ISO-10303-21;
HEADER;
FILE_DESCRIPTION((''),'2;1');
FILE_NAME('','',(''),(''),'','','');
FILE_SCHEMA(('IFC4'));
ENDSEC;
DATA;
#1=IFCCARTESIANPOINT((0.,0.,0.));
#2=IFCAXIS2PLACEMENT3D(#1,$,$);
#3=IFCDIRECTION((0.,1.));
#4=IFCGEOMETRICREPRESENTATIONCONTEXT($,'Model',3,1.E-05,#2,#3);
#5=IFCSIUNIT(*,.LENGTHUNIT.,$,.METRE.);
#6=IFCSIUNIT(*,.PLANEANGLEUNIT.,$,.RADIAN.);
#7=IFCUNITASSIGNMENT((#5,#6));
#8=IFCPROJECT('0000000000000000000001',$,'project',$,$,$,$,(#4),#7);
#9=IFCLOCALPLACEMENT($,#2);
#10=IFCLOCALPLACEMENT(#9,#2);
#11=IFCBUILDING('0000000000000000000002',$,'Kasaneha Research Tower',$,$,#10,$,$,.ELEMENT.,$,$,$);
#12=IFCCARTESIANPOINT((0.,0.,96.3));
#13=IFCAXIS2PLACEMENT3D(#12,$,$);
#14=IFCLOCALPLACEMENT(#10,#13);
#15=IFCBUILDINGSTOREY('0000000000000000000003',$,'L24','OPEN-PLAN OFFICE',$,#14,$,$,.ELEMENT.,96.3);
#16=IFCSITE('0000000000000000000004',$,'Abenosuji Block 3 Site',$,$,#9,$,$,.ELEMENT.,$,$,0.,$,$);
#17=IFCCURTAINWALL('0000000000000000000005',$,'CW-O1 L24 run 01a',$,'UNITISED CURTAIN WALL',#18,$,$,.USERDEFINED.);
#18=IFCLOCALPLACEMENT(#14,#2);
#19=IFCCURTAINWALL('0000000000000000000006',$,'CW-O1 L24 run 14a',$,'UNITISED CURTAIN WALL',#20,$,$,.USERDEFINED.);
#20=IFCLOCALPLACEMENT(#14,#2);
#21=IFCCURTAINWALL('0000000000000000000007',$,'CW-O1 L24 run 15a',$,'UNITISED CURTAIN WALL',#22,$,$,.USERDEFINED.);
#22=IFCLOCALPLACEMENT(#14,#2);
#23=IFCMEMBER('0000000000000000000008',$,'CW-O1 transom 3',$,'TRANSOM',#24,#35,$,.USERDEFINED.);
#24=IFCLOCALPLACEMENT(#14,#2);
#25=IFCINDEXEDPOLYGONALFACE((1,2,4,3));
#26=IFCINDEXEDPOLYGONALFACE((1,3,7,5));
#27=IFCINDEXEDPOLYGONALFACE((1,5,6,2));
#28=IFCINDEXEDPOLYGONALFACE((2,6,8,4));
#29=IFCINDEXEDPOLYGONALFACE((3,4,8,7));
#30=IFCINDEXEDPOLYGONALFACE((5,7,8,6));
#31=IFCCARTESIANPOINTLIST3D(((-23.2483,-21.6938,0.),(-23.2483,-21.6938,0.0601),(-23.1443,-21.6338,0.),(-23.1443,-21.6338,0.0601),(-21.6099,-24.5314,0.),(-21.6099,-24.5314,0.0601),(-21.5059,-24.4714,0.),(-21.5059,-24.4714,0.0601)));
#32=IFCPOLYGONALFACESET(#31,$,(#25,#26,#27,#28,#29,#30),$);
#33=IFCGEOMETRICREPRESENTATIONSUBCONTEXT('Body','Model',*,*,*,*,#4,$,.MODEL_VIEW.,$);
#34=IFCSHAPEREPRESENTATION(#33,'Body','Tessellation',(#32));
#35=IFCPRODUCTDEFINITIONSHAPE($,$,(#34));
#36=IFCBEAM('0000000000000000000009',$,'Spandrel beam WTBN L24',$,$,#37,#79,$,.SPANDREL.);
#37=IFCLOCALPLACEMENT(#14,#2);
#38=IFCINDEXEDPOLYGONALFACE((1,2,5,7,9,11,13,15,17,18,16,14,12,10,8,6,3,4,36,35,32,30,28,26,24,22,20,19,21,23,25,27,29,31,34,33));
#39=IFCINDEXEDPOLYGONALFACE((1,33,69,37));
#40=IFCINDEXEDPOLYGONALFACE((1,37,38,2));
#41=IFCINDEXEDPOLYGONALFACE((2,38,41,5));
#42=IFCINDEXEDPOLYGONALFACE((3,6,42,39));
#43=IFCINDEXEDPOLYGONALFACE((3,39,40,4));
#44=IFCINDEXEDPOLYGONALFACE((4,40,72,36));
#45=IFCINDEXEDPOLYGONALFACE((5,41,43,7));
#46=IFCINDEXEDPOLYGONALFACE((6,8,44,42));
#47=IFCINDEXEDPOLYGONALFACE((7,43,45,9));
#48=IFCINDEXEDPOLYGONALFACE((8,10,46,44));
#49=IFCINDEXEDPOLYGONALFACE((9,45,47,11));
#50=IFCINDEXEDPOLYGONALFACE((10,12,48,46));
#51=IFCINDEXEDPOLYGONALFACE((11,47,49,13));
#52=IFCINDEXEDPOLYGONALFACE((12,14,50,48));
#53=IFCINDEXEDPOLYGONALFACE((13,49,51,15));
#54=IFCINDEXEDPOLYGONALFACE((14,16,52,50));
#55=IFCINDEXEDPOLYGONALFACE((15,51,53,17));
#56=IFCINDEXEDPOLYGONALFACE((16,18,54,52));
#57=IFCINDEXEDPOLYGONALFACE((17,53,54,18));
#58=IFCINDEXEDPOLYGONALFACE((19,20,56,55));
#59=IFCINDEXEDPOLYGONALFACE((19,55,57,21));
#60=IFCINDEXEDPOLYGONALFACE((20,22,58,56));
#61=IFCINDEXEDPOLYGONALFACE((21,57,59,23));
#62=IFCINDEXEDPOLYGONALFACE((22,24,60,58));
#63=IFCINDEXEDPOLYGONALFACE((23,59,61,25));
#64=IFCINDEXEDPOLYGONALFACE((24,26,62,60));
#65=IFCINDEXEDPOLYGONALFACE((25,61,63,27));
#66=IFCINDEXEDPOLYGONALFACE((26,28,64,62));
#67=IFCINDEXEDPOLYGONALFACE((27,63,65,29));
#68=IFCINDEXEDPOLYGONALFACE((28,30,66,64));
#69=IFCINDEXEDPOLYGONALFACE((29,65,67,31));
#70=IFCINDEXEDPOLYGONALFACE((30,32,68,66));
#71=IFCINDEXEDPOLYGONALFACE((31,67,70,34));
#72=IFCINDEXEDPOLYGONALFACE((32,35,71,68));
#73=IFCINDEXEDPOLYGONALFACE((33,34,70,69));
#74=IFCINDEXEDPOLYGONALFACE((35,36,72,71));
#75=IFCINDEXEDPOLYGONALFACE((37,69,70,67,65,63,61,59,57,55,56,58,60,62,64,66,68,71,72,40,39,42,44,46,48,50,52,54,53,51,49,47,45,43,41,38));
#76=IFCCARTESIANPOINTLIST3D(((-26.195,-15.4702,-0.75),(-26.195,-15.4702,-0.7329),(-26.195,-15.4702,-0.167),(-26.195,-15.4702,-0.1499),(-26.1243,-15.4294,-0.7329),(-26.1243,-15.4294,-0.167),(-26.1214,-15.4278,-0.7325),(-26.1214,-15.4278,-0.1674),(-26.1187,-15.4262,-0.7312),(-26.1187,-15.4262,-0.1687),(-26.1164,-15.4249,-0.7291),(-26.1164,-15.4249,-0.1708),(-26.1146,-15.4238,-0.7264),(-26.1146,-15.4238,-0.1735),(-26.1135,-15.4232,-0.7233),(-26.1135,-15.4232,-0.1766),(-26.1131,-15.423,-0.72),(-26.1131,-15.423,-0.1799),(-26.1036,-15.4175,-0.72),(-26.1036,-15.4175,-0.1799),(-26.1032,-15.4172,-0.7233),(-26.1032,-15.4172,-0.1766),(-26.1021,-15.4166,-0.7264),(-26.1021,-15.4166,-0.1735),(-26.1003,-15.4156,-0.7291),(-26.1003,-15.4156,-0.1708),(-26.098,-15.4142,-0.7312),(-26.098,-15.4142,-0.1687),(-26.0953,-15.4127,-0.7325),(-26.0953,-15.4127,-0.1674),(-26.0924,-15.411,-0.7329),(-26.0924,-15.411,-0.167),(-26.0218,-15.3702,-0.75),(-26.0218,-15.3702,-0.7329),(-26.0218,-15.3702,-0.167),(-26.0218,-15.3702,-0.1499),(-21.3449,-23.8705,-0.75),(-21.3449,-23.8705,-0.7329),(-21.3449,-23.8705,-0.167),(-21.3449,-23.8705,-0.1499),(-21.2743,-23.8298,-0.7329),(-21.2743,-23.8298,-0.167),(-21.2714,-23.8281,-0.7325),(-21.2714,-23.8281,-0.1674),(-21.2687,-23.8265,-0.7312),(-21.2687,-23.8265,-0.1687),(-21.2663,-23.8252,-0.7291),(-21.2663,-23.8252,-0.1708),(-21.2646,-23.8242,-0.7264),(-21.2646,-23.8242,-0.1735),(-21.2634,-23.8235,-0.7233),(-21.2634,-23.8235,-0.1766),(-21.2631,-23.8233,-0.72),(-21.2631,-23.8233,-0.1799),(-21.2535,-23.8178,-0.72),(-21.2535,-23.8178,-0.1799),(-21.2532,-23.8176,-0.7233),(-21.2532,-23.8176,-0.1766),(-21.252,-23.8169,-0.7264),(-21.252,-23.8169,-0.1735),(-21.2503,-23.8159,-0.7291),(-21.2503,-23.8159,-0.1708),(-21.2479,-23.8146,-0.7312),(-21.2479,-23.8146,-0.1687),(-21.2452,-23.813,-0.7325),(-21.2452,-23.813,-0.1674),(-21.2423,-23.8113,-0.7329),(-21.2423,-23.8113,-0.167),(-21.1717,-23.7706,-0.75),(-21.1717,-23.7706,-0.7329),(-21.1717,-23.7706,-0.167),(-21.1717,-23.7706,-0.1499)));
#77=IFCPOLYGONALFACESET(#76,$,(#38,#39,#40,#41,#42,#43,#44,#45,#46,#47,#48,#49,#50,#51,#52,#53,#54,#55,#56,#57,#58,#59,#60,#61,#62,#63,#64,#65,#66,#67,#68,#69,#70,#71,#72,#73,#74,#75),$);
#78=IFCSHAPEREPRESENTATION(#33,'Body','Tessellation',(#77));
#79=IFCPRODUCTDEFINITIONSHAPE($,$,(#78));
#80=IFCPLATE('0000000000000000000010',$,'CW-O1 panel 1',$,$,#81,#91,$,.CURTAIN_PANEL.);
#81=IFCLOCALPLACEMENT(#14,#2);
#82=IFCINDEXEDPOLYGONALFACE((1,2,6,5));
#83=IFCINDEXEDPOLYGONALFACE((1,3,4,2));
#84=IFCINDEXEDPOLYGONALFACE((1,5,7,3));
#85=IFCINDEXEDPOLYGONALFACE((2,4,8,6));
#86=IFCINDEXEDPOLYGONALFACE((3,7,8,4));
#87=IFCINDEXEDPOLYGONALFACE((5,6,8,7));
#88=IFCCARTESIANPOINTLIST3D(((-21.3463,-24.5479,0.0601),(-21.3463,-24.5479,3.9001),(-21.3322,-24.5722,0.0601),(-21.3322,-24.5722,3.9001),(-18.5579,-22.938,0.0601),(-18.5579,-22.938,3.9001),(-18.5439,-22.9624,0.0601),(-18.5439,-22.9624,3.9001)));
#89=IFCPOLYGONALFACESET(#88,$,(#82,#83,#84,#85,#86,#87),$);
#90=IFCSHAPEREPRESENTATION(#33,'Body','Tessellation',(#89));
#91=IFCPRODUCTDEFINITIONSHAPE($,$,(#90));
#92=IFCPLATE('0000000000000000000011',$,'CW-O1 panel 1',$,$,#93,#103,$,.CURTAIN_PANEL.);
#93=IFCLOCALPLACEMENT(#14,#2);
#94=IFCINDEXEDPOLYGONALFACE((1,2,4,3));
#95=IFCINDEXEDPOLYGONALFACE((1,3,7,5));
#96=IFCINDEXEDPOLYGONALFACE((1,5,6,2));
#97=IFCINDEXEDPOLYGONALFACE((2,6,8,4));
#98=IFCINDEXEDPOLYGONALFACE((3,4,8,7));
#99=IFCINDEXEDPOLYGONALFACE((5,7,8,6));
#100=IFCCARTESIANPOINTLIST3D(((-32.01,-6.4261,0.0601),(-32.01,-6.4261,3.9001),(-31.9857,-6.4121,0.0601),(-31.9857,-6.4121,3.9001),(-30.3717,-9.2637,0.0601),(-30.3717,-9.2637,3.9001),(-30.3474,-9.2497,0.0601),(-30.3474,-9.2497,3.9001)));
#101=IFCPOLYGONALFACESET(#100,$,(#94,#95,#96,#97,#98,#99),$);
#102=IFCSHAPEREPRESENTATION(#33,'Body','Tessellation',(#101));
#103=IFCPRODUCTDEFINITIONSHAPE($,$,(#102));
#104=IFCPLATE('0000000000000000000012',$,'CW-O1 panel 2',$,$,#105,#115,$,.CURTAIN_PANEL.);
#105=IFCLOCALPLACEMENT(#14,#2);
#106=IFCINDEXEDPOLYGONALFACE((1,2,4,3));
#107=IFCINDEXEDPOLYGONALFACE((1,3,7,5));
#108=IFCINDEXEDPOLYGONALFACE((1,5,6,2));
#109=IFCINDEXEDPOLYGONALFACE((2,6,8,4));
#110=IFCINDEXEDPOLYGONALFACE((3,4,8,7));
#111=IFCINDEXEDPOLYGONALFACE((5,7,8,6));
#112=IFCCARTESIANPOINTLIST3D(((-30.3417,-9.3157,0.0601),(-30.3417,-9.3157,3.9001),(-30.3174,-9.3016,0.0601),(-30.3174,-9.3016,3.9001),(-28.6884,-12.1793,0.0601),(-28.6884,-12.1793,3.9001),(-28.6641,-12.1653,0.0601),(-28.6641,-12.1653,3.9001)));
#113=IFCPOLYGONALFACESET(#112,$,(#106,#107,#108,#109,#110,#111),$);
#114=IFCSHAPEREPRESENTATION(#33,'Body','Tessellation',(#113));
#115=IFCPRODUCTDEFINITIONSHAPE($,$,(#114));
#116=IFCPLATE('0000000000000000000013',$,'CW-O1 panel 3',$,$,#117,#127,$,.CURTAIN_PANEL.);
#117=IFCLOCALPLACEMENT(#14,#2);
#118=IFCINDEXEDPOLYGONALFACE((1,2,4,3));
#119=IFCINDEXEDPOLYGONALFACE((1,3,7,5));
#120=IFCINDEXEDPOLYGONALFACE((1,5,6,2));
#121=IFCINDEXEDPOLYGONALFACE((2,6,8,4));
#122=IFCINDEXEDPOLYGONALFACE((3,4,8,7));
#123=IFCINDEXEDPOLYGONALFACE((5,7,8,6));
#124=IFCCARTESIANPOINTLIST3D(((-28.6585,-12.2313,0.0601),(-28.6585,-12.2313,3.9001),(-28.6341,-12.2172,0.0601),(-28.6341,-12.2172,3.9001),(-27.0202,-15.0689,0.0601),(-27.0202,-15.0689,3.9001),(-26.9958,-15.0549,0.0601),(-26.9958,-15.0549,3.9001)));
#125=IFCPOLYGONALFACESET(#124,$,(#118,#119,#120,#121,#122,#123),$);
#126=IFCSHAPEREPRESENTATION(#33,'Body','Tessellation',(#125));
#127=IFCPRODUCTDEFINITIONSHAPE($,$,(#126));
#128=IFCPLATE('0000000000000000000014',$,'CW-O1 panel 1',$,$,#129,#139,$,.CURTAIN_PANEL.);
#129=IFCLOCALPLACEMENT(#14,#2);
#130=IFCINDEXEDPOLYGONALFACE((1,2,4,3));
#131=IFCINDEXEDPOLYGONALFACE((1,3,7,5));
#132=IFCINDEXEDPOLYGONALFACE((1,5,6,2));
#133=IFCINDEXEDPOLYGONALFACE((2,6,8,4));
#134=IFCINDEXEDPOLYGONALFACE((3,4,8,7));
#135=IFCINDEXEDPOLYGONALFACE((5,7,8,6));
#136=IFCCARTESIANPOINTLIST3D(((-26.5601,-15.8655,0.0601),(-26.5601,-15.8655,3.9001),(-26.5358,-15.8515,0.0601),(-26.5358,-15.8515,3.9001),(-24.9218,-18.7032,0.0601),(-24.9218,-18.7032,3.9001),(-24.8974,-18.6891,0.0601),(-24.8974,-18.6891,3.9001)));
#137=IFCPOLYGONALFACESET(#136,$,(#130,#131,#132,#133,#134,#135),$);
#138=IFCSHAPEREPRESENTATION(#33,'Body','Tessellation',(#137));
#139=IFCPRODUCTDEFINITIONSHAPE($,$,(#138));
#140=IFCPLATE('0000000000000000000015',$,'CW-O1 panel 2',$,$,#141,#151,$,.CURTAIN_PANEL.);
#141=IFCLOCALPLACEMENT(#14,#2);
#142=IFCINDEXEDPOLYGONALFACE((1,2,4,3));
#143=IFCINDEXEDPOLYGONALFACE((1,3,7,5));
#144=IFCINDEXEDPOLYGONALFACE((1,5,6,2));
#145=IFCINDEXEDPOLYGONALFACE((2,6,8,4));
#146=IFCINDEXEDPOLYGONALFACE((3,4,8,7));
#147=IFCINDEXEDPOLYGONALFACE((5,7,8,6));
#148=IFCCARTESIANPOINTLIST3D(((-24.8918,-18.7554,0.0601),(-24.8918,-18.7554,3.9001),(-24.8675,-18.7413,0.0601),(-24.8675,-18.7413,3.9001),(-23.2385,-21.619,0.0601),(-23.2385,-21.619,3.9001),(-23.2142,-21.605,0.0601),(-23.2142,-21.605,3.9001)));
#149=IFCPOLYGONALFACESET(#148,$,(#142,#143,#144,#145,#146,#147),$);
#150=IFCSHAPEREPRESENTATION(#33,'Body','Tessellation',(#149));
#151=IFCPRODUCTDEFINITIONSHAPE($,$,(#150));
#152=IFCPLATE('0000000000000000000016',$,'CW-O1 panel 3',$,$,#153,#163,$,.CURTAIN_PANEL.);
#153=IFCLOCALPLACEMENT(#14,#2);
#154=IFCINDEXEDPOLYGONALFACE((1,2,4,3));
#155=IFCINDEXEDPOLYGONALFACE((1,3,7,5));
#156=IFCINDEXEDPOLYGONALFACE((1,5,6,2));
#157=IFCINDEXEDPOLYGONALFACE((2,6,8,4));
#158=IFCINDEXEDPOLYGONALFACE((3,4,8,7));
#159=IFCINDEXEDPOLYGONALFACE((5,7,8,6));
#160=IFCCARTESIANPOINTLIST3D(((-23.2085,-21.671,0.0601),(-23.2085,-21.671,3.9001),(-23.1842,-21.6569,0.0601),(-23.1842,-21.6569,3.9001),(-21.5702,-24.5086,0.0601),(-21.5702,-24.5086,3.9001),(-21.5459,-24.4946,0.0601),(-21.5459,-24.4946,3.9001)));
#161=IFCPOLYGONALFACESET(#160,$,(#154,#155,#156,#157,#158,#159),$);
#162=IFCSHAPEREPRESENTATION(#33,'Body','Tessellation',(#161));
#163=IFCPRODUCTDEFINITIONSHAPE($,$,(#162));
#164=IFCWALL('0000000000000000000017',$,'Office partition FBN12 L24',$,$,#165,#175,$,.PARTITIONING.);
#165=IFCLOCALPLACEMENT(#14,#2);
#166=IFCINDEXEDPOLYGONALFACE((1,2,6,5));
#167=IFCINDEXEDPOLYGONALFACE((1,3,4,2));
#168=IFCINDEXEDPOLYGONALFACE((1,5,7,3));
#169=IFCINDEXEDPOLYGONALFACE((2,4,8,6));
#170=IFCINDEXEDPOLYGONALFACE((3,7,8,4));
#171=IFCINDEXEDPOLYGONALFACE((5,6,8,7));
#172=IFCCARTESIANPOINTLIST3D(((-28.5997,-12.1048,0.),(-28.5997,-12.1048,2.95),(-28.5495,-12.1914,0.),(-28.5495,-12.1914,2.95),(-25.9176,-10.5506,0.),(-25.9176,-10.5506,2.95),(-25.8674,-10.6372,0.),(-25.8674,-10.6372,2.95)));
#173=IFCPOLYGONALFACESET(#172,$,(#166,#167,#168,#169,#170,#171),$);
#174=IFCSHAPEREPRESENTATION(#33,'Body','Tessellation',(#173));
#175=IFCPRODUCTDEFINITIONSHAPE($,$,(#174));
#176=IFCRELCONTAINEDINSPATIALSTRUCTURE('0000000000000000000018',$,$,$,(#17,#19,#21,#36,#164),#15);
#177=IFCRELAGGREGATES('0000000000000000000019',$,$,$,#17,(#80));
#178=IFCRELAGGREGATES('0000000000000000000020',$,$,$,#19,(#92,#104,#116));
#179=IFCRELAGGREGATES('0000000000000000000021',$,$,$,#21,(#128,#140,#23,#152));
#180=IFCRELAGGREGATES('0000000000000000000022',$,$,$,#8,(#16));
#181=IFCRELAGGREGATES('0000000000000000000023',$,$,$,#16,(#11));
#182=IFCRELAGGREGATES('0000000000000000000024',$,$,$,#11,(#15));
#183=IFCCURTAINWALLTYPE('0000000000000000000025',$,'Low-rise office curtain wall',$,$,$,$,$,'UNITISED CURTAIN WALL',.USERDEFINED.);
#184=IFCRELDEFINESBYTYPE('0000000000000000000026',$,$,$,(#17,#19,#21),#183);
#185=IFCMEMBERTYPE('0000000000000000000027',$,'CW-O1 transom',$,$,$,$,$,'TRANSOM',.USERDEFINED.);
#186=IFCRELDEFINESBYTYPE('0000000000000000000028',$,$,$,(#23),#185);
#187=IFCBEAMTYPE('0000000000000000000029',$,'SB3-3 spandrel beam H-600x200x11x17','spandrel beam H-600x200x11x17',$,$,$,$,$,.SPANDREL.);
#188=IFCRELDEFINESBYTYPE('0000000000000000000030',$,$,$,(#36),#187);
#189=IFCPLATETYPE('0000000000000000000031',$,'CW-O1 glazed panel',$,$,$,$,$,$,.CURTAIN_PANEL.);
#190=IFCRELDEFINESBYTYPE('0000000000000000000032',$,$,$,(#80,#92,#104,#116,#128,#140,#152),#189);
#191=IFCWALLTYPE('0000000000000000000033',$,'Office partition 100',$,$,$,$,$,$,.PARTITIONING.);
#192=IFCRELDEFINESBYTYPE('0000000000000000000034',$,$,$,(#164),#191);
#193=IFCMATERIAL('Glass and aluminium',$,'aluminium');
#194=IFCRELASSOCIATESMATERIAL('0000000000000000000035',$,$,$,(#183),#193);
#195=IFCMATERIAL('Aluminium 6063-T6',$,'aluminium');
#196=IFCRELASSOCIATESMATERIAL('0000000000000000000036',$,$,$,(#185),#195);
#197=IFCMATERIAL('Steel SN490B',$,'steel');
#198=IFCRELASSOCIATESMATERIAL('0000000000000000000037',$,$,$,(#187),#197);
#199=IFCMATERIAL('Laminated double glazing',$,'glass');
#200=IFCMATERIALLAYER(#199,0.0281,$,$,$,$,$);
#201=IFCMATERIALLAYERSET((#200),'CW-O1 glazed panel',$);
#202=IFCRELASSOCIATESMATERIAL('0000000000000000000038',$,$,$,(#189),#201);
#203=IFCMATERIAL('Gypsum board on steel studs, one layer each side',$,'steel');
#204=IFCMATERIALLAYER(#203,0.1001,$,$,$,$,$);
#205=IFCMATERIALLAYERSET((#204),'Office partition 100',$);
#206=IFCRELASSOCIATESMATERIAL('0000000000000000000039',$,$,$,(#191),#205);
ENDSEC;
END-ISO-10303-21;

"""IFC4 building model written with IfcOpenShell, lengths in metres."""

from ifc_helpers import new_model, si_unit, direction, frame, frame_2d, origin, origin_2d, place, context, subcontext, project, spatial, rectangle, i_section, extrude, material, layer, layer_set, material_profile, profile_set, type_object, element, aggregate, save


model = new_model("IFC4")

# Units and contexts
model_context = context("Model", 3, precision=1e-05, world=origin(), true_north=direction((0.0, 1.0)))
body_context = subcontext(model_context, "Body", "Model", "MODEL_VIEW")
ifc_project = project(units=[si_unit("LENGTHUNIT", "METRE"), si_unit("PLANEANGLEUNIT", "RADIAN")], contexts=[model_context])

# Site, building, storey
site_placement = place(None, origin())
site = spatial("IfcSite", under=ifc_project, at=site_placement, Name="Abenosuji Block 3 Site", CompositionType="ELEMENT", RefElevation=0.0)
building_placement = place(site_placement, origin())
building = spatial("IfcBuilding", under=site, at=building_placement, Name="Kasaneha Research Tower", CompositionType="ELEMENT")
storey_placement = place(building_placement, frame((0.0, 0.0, 96.3)))
storey = spatial("IfcBuildingStorey", under=building, at=storey_placement, Name="L24", Description="OPEN-PLAN OFFICE", CompositionType="ELEMENT", Elevation=96.3)

# Curtain wall
ifc_material_1 = material(Name="Glass and aluminium", Category="aluminium")
curtain_wall_type = type_object("IfcCurtainWallType", Name="Low-rise office curtain wall", ElementType="UNITISED CURTAIN WALL", PredefinedType="USERDEFINED", material=ifc_material_1)
curtain_wall_1_placement = place(storey_placement, origin())
curtain_wall_1 = element("IfcCurtainWall", 1, at=curtain_wall_1_placement, inside=storey, type_object=curtain_wall_type, Name="CW-O1 L24 run 01a", ObjectType="UNITISED CURTAIN WALL", PredefinedType="USERDEFINED")

# Curtain walls
curtain_wall_2_placement = place(storey_placement, origin())
curtain_wall_2 = element("IfcCurtainWall", 2, at=curtain_wall_2_placement, inside=storey, type_object=curtain_wall_type, Name="CW-O1 L24 run 14a", ObjectType="UNITISED CURTAIN WALL", PredefinedType="USERDEFINED")
curtain_wall_3_placement = place(storey_placement, origin())
curtain_wall_3 = element("IfcCurtainWall", 3, at=curtain_wall_3_placement, inside=storey, type_object=curtain_wall_type, Name="CW-O1 L24 run 15a", ObjectType="UNITISED CURTAIN WALL", PredefinedType="USERDEFINED")

# Member
ifc_material_2 = material(Name="Aluminium 6063-T6", Category="aluminium")
ifc_material_profile_1 = material_profile(ifc_material_2, rectangle(XDim=0.1201, YDim=0.0601, at=origin_2d()), Name="CW-O1 transom 120x60")
ifc_profile_set_1 = profile_set([ifc_material_profile_1], Name="Aluminium 6063-T6")
member_type_1 = type_object("IfcMemberType", Name="CW-O1 transom", ElementType="TRANSOM", PredefinedType="USERDEFINED", material=ifc_profile_set_1)
member_1_placement = place(storey_placement, frame((-23.1963, -21.6638, 0.03), z_axis=(0.500026, -0.866011, 0.0), x_axis=(0.866011, 0.500026, 0.0)))
member_1 = element("IfcMember", 4, at=member_1_placement, type_object=member_type_1, Name="CW-O1 transom 3", ObjectType="TRANSOM", PredefinedType="USERDEFINED", context=body_context, shape_type="SweptSolid", body=[
    extrude(rectangle(XDim=0.1201, YDim=0.0601, at=origin_2d()), origin(), (0.0, 0.0, 1.0), 3.2766),
])

# Beam
ifc_material_3 = material(Name="Steel SN490B", Category="steel")
ifc_material_profile_2 = material_profile(ifc_material_3, i_section(OverallWidth=0.2, OverallDepth=0.6001, WebThickness=0.011, FlangeThickness=0.0171, FilletRadius=0.0129, at=origin_2d()), Name="H-600x200x11x17")
ifc_profile_set_2 = profile_set([ifc_material_profile_2], Name="Steel SN490B")
beam_type = type_object("IfcBeamType", Name="SB3-3 spandrel beam H-600x200x11x17", Description="spandrel beam H-600x200x11x17", PredefinedType="SPANDREL", material=ifc_profile_set_2)
beam_placement = place(storey_placement, frame((-21.2583, -23.8206, -0.45), z_axis=(-0.50001, 0.86602, 0.0), x_axis=(-0.86602, -0.50001, 0.0)))
element("IfcBeam", 5, at=beam_placement, inside=storey, type_object=beam_type, Name="Spandrel beam WTBN L24", PredefinedType="SPANDREL", context=body_context, shape_type="SweptSolid", body=[
    extrude(i_section(OverallWidth=0.2, OverallDepth=0.6001, WebThickness=0.011, FlangeThickness=0.0171, FilletRadius=0.0129, at=origin_2d()), origin(), (0.0, 0.0, 1.0), 9.7),
])

# Plates
ifc_material_4 = material(Name="Laminated double glazing", Category="glass")
ifc_layer_1 = layer(ifc_material_4, 0.0281)
ifc_layer_set_1 = layer_set([ifc_layer_1], Name="CW-O1 glazed panel")
plate_type = type_object("IfcPlateType", Name="CW-O1 glazed panel", PredefinedType="CURTAIN_PANEL", material=ifc_layer_set_1)
plate_1_placement = place(storey_placement, frame((-19.9451, -23.7551, 0.0601), z_axis=(0.0, 0.0, 1.0), x_axis=(0.866025, 0.5, 0.0)))
plate_1 = element("IfcPlate", 6, at=plate_1_placement, type_object=plate_type, Name="CW-O1 panel 1", PredefinedType="CURTAIN_PANEL", context=body_context, shape_type="SweptSolid", body=[
    extrude(rectangle(XDim=3.2197, YDim=0.0281, at=origin_2d()), origin(), (0.0, 0.0, 1.0), 3.8401),
])
aggregate(curtain_wall_1, [plate_1])
plate_2_placement = place(storey_placement, frame((-31.1787, -7.8379, 0.0601), z_axis=(0.0, 0.0, 1.0), x_axis=(0.5, -0.866025, 0.0)))
plate_2 = element("IfcPlate", 7, at=plate_2_placement, type_object=plate_type, Name="CW-O1 panel 1", PredefinedType="CURTAIN_PANEL", context=body_context, shape_type="SweptSolid", body=[
    extrude(rectangle(XDim=3.2766, YDim=0.0281, at=origin_2d()), origin(), (0.0, 0.0, 1.0), 3.8401),
])
plate_3_placement = place(storey_placement, frame((-29.5029, -10.7405, 0.0601), z_axis=(0.0, 0.0, 1.0), x_axis=(0.5, -0.866025, 0.0)))
plate_3 = element("IfcPlate", 8, at=plate_3_placement, type_object=plate_type, Name="CW-O1 panel 2", PredefinedType="CURTAIN_PANEL", context=body_context, shape_type="SweptSolid", body=[
    extrude(rectangle(XDim=3.3066, YDim=0.0281, at=origin_2d()), origin(), (0.0, 0.0, 1.0), 3.8401),
])
plate_4_placement = place(storey_placement, frame((-27.8271, -13.6431, 0.0601), z_axis=(0.0, 0.0, 1.0), x_axis=(0.5, -0.866025, 0.0)))
plate_4 = element("IfcPlate", 9, at=plate_4_placement, type_object=plate_type, Name="CW-O1 panel 3", PredefinedType="CURTAIN_PANEL", context=body_context, shape_type="SweptSolid", body=[
    extrude(rectangle(XDim=3.2766, YDim=0.0281, at=origin_2d()), origin(), (0.0, 0.0, 1.0), 3.8401),
])
aggregate(curtain_wall_2, [plate_2, plate_3, plate_4])
plate_5_placement = place(storey_placement, frame((-25.7288, -17.2773, 0.0601), z_axis=(0.0, 0.0, 1.0), x_axis=(0.5, -0.866025, 0.0)))
plate_5 = element("IfcPlate", 10, at=plate_5_placement, type_object=plate_type, Name="CW-O1 panel 1", PredefinedType="CURTAIN_PANEL", context=body_context, shape_type="SweptSolid", body=[
    extrude(rectangle(XDim=3.2766, YDim=0.0281, at=origin_2d()), origin(), (0.0, 0.0, 1.0), 3.8401),
])
plate_6_placement = place(storey_placement, frame((-24.053, -20.1802, 0.0601), z_axis=(0.0, 0.0, 1.0), x_axis=(0.5, -0.866025, 0.0)))
plate_6 = element("IfcPlate", 11, at=plate_6_placement, type_object=plate_type, Name="CW-O1 panel 2", PredefinedType="CURTAIN_PANEL", context=body_context, shape_type="SweptSolid", body=[
    extrude(rectangle(XDim=3.3066, YDim=0.0281, at=origin_2d()), origin(), (0.0, 0.0, 1.0), 3.8401),
])
plate_7_placement = place(storey_placement, frame((-22.3772, -23.0828, 0.0601), z_axis=(0.0, 0.0, 1.0), x_axis=(0.5, -0.866025, 0.0)))
plate_7 = element("IfcPlate", 12, at=plate_7_placement, type_object=plate_type, Name="CW-O1 panel 3", PredefinedType="CURTAIN_PANEL", context=body_context, shape_type="SweptSolid", body=[
    extrude(rectangle(XDim=3.2766, YDim=0.0281, at=origin_2d()), origin(), (0.0, 0.0, 1.0), 3.8401),
])
aggregate(curtain_wall_3, [plate_5, plate_6, member_1, plate_7])

# Wall
ifc_material_5 = material(Name="Gypsum board on steel studs, one layer each side", Category="steel")
ifc_layer_2 = layer(ifc_material_5, 0.1001)
ifc_layer_set_2 = layer_set([ifc_layer_2], Name="Office partition 100")
wall_type = type_object("IfcWallType", Name="Office partition 100", PredefinedType="PARTITIONING", material=ifc_layer_set_2)
wall_1_placement = place(storey_placement, frame((-25.8926, -10.594, 0.0), z_axis=(0.0, 0.0, 1.0), x_axis=(-0.865232, -0.501372, 0.0)))
element("IfcWall", 13, at=wall_1_placement, inside=storey, type_object=wall_type, Name="Office partition FBN12 L24", PredefinedType="PARTITIONING", context=body_context, shape_type="SweptSolid", body=[
    extrude(rectangle(XDim=3.0999, YDim=0.1001, at=frame_2d((1.5498, 0.0))), origin(), (0.0, 0.0, 1.0), 2.95),
])

save(model, "model.ifc")
